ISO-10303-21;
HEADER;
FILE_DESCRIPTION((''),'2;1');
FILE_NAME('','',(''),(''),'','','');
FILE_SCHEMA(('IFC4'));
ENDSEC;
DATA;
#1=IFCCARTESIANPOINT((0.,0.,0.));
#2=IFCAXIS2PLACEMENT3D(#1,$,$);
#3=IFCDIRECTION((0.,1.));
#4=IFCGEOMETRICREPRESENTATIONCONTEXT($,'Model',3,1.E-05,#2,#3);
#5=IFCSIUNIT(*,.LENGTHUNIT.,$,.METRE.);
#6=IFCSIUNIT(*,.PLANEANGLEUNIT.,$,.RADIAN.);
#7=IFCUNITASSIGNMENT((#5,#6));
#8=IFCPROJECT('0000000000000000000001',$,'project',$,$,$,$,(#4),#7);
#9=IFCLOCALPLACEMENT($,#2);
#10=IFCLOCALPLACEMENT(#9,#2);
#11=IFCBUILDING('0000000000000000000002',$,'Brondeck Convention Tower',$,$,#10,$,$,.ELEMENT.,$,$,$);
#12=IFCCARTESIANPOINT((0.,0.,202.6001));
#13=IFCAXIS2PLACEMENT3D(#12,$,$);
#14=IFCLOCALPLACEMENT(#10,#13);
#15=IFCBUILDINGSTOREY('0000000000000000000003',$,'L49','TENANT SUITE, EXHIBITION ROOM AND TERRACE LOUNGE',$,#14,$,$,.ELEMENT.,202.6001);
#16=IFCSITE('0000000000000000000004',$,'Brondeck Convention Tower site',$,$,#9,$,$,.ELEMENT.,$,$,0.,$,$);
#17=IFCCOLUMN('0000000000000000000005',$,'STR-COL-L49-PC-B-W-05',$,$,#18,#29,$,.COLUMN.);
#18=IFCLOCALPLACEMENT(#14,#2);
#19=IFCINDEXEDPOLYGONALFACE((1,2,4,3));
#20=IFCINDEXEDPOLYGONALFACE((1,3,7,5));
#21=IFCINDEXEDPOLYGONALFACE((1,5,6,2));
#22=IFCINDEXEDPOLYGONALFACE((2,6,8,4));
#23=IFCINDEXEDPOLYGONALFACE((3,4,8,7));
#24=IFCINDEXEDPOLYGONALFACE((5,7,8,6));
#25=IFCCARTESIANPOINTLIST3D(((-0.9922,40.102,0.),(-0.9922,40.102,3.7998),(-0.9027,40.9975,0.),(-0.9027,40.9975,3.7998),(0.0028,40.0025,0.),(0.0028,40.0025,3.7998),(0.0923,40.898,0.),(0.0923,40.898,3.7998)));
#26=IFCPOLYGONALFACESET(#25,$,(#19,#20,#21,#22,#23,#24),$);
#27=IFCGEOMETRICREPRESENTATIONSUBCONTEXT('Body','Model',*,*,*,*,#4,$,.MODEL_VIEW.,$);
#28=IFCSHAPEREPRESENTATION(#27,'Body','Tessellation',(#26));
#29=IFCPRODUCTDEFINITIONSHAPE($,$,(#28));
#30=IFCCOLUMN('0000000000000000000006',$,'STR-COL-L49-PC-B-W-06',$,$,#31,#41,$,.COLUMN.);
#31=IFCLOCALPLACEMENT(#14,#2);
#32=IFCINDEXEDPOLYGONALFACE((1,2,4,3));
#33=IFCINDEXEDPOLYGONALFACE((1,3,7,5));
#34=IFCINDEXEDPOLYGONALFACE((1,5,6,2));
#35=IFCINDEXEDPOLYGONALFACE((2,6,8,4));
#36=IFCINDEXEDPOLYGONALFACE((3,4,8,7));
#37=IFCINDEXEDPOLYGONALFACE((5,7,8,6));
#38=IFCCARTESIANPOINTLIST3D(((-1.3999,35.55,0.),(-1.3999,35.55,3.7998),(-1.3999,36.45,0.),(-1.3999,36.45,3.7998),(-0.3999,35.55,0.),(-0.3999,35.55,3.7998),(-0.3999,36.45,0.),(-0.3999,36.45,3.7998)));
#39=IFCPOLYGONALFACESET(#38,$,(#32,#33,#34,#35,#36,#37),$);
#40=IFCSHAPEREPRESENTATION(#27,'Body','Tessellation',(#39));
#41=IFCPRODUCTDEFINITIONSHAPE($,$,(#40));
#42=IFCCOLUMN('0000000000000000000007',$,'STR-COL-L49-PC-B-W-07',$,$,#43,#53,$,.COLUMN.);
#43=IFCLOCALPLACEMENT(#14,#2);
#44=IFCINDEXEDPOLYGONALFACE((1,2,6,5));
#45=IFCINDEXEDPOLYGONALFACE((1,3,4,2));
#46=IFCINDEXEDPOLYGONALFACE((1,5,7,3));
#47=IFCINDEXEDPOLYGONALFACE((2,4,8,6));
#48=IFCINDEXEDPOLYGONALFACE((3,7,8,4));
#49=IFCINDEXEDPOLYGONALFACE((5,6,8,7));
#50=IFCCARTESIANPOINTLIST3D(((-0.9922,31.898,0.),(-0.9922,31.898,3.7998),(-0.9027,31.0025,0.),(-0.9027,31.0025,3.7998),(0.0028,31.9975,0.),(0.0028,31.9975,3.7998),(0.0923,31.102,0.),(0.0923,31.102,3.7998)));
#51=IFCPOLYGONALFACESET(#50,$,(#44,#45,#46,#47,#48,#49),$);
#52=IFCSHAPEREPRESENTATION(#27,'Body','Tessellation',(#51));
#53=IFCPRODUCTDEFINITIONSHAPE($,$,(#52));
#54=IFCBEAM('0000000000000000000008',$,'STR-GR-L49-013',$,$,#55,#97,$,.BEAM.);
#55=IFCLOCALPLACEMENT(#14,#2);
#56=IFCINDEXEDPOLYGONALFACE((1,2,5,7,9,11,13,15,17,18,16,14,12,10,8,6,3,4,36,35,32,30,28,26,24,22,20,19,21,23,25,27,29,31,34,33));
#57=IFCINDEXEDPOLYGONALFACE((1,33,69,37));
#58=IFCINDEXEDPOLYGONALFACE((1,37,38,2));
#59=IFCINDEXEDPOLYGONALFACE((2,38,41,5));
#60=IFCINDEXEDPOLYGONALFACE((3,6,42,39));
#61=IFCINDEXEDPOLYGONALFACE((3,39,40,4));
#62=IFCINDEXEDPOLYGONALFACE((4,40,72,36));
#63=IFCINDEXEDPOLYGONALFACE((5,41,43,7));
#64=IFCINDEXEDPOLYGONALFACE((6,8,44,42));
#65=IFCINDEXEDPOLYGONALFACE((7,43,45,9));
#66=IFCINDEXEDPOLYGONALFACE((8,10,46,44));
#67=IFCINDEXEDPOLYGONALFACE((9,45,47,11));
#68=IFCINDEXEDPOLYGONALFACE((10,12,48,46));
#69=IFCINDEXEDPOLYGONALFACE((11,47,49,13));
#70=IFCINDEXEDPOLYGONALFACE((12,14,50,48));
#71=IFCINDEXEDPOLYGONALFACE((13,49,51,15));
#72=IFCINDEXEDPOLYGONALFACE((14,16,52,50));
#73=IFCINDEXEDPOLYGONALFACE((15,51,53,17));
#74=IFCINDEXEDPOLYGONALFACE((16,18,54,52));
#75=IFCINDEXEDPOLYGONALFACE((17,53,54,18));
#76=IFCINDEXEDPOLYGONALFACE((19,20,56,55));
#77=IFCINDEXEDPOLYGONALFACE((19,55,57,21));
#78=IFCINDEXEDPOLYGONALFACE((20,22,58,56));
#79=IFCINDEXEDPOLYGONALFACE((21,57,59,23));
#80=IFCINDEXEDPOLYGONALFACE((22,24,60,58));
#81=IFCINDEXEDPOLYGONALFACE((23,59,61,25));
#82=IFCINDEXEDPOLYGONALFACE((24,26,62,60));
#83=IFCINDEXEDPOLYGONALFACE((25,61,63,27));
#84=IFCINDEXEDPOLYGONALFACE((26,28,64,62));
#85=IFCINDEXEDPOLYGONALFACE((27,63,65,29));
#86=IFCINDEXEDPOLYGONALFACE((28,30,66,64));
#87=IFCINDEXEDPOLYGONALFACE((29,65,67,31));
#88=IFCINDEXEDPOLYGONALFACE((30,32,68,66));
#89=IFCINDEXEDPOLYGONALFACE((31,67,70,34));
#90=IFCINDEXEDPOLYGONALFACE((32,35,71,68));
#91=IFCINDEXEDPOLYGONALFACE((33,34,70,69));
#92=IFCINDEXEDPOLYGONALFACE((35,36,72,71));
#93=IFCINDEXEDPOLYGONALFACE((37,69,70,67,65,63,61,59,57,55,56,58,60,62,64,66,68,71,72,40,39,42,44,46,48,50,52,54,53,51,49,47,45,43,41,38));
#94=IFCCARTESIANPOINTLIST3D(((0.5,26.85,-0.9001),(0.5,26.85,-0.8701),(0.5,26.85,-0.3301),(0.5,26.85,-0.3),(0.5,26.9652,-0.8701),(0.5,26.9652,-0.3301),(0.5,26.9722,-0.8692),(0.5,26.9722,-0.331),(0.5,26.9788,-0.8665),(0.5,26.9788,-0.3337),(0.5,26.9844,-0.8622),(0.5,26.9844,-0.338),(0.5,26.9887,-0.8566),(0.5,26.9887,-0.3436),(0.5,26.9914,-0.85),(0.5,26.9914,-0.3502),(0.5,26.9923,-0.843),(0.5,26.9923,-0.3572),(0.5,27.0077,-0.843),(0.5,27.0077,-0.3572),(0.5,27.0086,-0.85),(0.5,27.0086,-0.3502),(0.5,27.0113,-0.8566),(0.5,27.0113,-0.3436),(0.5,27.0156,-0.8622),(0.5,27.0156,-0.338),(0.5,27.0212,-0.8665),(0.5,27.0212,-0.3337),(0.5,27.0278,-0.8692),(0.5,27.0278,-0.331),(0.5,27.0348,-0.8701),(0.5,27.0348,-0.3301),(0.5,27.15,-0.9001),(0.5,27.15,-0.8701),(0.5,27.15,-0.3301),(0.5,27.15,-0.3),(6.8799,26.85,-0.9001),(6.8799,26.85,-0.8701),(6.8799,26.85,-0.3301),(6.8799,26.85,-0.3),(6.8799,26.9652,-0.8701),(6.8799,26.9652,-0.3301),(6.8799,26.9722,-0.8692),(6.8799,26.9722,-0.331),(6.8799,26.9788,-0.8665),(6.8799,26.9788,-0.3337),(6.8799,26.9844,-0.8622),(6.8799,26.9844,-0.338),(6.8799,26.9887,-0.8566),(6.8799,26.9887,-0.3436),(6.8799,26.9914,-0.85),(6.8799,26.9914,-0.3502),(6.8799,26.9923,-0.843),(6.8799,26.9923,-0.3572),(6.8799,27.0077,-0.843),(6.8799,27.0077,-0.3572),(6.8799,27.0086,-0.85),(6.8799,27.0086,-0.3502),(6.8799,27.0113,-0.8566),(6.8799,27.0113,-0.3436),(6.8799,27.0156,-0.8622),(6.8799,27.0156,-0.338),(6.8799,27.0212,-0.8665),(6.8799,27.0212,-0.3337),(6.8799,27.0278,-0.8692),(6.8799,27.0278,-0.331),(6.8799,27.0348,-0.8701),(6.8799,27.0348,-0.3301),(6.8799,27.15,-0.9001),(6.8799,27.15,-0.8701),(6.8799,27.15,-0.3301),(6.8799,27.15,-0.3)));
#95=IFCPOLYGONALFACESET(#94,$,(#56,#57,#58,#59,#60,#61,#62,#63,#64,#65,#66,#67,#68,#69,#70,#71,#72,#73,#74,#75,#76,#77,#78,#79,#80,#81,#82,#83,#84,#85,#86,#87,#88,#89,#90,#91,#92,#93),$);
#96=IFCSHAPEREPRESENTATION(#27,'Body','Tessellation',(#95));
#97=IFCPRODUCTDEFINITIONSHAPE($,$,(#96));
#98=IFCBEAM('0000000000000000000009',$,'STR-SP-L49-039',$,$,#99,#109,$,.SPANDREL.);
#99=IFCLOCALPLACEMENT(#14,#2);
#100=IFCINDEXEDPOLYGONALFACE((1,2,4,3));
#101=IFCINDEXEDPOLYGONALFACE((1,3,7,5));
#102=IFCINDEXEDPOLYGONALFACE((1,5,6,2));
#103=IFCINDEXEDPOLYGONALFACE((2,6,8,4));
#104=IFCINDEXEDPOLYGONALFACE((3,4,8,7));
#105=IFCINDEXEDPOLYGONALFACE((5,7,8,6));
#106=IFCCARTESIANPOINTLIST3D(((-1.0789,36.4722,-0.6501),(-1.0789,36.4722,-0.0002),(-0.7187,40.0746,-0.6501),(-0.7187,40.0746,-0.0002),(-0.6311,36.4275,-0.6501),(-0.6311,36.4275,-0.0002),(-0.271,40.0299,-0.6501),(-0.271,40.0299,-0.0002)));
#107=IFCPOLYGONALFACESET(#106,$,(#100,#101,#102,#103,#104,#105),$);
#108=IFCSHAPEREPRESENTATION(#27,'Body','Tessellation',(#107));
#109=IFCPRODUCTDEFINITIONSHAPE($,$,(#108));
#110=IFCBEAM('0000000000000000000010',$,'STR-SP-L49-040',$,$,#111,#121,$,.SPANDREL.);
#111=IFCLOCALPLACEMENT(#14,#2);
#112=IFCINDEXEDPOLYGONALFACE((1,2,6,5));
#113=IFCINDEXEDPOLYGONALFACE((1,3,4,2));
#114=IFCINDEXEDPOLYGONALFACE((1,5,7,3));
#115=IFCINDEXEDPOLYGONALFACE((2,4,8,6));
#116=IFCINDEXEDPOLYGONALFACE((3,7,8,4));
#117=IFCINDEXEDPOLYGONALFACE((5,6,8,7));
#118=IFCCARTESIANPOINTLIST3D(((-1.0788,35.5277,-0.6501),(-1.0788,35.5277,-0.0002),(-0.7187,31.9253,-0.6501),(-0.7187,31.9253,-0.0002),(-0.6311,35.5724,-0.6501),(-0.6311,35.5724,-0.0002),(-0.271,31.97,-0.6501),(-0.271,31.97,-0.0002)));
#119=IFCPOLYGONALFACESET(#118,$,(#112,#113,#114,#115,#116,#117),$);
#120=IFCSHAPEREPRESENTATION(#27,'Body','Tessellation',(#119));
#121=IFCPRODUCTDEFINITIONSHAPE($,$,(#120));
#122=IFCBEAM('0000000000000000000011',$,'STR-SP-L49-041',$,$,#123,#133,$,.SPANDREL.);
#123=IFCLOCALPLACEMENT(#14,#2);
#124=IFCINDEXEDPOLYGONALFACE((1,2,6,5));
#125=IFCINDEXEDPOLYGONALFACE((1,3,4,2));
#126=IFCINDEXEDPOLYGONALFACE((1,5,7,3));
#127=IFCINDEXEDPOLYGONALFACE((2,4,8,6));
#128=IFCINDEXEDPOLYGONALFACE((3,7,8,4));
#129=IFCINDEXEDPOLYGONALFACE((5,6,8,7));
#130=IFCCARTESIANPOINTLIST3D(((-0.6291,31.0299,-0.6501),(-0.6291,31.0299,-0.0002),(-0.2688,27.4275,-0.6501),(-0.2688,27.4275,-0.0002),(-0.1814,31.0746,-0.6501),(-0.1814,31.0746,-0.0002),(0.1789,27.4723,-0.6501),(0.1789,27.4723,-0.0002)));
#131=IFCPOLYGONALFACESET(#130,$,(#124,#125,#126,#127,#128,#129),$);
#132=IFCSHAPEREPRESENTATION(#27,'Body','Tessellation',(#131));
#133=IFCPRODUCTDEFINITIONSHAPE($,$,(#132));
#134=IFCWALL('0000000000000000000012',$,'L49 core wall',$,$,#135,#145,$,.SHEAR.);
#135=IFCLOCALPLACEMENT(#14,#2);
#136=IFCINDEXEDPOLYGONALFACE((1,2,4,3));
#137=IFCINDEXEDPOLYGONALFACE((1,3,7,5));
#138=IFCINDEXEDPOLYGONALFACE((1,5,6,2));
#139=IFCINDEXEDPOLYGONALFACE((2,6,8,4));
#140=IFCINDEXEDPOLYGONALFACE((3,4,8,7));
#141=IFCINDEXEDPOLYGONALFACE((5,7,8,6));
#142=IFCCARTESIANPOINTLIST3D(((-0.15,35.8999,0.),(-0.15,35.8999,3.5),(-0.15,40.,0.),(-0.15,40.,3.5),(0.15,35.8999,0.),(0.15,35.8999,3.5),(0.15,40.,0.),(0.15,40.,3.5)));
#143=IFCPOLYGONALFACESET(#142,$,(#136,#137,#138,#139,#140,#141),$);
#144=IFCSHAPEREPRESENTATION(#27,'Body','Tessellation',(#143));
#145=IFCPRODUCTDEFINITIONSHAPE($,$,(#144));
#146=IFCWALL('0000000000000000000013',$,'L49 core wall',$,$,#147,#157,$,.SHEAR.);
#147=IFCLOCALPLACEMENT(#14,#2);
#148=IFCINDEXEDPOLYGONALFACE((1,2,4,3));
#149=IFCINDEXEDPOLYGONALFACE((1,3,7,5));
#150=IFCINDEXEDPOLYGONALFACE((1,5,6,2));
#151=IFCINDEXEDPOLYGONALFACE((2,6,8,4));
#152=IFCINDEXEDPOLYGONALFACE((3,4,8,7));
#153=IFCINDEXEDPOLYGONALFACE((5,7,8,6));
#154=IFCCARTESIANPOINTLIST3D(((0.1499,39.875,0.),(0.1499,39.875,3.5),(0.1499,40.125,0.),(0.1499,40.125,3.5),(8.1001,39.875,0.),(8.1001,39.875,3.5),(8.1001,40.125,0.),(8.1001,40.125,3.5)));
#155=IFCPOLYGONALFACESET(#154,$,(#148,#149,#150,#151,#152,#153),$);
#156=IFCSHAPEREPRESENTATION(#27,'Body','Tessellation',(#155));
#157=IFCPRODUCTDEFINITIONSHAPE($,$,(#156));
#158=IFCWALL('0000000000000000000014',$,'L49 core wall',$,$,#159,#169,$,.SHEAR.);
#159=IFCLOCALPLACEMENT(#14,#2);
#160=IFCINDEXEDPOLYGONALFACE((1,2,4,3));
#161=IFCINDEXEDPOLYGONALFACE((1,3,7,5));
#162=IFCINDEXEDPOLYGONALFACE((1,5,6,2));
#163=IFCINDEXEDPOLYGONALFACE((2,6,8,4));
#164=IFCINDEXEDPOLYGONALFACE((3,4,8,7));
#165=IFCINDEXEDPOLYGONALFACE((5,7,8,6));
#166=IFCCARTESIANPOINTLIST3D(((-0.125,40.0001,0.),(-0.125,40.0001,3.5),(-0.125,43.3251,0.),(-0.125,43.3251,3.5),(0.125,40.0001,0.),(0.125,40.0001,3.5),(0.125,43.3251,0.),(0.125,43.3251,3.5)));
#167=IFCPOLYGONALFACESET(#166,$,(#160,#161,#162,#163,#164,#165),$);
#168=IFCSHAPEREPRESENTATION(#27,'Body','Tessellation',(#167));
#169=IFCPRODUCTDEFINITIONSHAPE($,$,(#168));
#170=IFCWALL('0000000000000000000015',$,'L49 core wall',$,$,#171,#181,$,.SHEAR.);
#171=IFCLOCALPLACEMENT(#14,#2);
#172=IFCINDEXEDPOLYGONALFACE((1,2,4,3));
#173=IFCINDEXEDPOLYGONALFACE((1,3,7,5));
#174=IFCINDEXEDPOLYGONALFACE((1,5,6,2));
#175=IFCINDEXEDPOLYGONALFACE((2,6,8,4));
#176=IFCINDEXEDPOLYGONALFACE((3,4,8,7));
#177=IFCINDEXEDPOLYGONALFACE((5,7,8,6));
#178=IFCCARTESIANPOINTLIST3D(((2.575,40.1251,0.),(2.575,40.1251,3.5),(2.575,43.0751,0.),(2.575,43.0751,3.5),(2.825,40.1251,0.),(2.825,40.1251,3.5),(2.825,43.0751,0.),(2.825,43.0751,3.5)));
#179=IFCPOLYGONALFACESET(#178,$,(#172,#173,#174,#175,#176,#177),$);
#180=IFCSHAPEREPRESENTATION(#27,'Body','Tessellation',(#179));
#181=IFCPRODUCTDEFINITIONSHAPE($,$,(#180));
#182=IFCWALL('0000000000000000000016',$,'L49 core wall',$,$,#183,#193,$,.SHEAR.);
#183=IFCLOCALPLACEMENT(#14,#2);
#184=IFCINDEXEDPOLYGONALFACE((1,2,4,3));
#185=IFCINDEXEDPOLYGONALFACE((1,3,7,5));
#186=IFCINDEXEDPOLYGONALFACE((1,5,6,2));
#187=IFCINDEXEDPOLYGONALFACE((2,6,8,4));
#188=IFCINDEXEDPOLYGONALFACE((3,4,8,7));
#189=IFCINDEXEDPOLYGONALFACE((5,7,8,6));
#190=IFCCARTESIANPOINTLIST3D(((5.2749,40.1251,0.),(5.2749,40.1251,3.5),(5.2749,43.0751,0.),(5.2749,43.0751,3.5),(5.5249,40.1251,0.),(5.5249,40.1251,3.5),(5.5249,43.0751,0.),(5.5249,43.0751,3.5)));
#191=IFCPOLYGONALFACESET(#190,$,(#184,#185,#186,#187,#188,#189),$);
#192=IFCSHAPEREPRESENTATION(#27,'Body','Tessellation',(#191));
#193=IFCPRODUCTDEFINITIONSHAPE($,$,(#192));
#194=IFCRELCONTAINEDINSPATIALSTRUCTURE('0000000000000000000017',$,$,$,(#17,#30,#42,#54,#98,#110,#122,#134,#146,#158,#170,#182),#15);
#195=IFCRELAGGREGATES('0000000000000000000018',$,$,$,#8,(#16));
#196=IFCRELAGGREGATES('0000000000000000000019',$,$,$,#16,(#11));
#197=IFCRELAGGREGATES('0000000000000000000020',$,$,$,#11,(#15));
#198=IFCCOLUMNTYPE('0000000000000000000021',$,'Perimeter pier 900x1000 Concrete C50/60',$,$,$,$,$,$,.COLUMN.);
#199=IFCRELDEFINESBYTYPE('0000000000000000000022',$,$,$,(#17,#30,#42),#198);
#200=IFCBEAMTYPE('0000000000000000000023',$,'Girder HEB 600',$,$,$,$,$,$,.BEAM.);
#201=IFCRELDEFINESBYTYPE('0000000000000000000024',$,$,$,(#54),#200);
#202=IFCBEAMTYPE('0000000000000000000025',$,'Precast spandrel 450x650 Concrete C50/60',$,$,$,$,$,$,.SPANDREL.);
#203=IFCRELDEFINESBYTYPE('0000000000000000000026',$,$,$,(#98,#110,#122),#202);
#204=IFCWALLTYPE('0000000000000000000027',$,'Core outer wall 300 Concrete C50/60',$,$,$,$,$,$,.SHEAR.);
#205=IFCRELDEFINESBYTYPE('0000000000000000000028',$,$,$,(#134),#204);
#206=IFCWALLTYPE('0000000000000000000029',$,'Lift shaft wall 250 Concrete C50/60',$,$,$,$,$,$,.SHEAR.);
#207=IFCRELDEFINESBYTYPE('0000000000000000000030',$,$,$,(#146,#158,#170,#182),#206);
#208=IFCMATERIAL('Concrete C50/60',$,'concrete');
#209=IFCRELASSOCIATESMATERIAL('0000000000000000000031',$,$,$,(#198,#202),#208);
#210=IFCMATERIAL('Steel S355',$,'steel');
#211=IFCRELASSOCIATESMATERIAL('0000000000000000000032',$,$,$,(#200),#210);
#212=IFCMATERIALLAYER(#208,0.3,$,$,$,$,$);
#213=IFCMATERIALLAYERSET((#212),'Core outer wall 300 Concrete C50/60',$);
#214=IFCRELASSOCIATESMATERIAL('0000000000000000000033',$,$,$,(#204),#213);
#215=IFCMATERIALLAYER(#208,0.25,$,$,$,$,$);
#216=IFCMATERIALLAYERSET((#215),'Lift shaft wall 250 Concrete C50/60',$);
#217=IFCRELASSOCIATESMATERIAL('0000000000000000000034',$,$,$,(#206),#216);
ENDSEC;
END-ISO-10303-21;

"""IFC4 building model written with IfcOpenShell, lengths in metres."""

from ifc_helpers import new_model, si_unit, direction, frame, frame_2d, origin, origin_2d, place, context, subcontext, project, spatial, rectangle, i_section, extrude, material, layer, layer_set, material_profile, profile_set, type_object, element, save


model = new_model("IFC4")

# Units and contexts
model_context = context("Model", 3, precision=1e-05, world=origin(), true_north=direction((0.0, 1.0)))
body_context = subcontext(model_context, "Body", "Model", "MODEL_VIEW")
ifc_project = project(units=[si_unit("LENGTHUNIT", "METRE"), si_unit("PLANEANGLEUNIT", "RADIAN")], contexts=[model_context])

# Site, building, storey
site_placement = place(None, origin())
site = spatial("IfcSite", under=ifc_project, at=site_placement, Name="Brondeck Convention Tower site", CompositionType="ELEMENT", RefElevation=0.0)
building_placement = place(site_placement, origin())
building = spatial("IfcBuilding", under=site, at=building_placement, Name="Brondeck Convention Tower", CompositionType="ELEMENT")
storey_placement = place(building_placement, frame((0.0, 0.0, 202.6001)))
storey = spatial("IfcBuildingStorey", under=building, at=storey_placement, Name="L49", Description="TENANT SUITE, EXHIBITION ROOM AND TERRACE LOUNGE", CompositionType="ELEMENT", Elevation=202.6001)

# Columns
ifc_material_1 = material(Name="Concrete C50/60", Category="concrete")
ifc_material_profile_1 = material_profile(ifc_material_1, rectangle(XDim=0.8999, YDim=1.0, at=origin_2d()), Name="Perimeter pier 900x1000 Concrete C50/60")
ifc_profile_set_1 = profile_set([ifc_material_profile_1], Name="Concrete C50/60")
column_type = type_object("IfcColumnType", Name="Perimeter pier 900x1000 Concrete C50/60", PredefinedType="COLUMN", material=ifc_profile_set_1)
for number, where, z_axis, x_axis, name in (
    (1, (-0.45, 40.5, 0.0), (0.0, 0.0, 1.0), (-0.099504, -0.995037, 0.0), "STR-COL-L49-PC-B-W-05"),
    (2, (-0.8999, 36.0, 0.0), (0.0, 0.0, 1.0), (0.0, -1.0, 0.0), "STR-COL-L49-PC-B-W-06"),
    (3, (-0.45, 31.5, 0.0), (0.0, 0.0, 1.0), (0.099504, -0.995037, 0.0), "STR-COL-L49-PC-B-W-07"),
):
    element("IfcColumn", number, at=place(storey_placement, frame(where, z_axis=z_axis, x_axis=x_axis)), inside=storey, type_object=column_type, Name=name, PredefinedType="COLUMN", context=body_context, shape_type="SweptSolid", body=[
        extrude(rectangle(XDim=0.8999, YDim=1.0, at=origin_2d()), origin(), (0.0, 0.0, 1.0), 3.7998),
    ])

# Beams
ifc_material_2 = material(Name="Steel S355", Category="steel")
ifc_material_profile_2 = material_profile(ifc_material_2, i_section(OverallWidth=0.3, OverallDepth=0.6001, WebThickness=0.0154, FlangeThickness=0.03, FilletRadius=0.0271, at=origin_2d()), Name="HEB 600")
ifc_profile_set_2 = profile_set([ifc_material_profile_2], Name="Steel S355")
beam_type_1 = type_object("IfcBeamType", Name="Girder HEB 600", PredefinedType="BEAM", material=ifc_profile_set_2)
beam_placement = place(storey_placement, frame((0.5, 27.0, -0.6001), z_axis=(1.0, 0.0, 0.0), x_axis=(0.0, 1.0, 0.0)))
element("IfcBeam", 4, at=beam_placement, inside=storey, type_object=beam_type_1, Name="STR-GR-L49-013", PredefinedType="BEAM", context=body_context, shape_type="SweptSolid", body=[
    extrude(i_section(OverallWidth=0.3, OverallDepth=0.6001, WebThickness=0.0154, FlangeThickness=0.03, FilletRadius=0.0271, at=origin_2d()), origin(), (0.0, 0.0, 1.0), 6.3799),
])
ifc_material_profile_3 = material_profile(ifc_material_1, rectangle(XDim=0.45, YDim=0.6499, at=origin_2d()), Name="Precast spandrel 450x650 Concrete C50/60")
ifc_profile_set_3 = profile_set([ifc_material_profile_3], Name="Concrete C50/60")
beam_type_2 = type_object("IfcBeamType", Name="Precast spandrel 450x650 Concrete C50/60", PredefinedType="SPANDREL", material=ifc_profile_set_3)
for number, where, z_axis, x_axis, name in (
    (5, (-0.4949, 40.0522, -0.3252), (-0.09947, -0.995041, 0.0), (0.995041, -0.09947, 0.0), "STR-SP-L49-039"),
    (6, (-0.855, 35.55, -0.3252), (0.09947, -0.995041, 0.0), (0.995041, 0.09947, 0.0), "STR-SP-L49-040"),
    (7, (-0.4053, 31.0522, -0.3252), (0.099537, -0.995034, 0.0), (0.995034, 0.099537, 0.0), "STR-SP-L49-041"),
):
    element("IfcBeam", number, at=place(storey_placement, frame(where, z_axis=z_axis, x_axis=x_axis)), inside=storey, type_object=beam_type_2, Name=name, PredefinedType="SPANDREL", context=body_context, shape_type="SweptSolid", body=[
        extrude(rectangle(XDim=0.45, YDim=0.6499, at=origin_2d()), origin(), (0.0, 0.0, 1.0), 3.6204),
    ])

# Walls
ifc_layer_1 = layer(ifc_material_1, 0.3)
ifc_layer_set_1 = layer_set([ifc_layer_1], Name="Core outer wall 300 Concrete C50/60")
wall_type_1 = type_object("IfcWallType", Name="Core outer wall 300 Concrete C50/60", PredefinedType="SHEAR", material=ifc_layer_set_1)
wall_1_placement = place(storey_placement, frame((0.0, 35.8999, 0.0), z_axis=(0.0, 0.0, 1.0), x_axis=(0.0, 1.0, 0.0)))
element("IfcWall", 8, at=wall_1_placement, inside=storey, type_object=wall_type_1, Name="L49 core wall", PredefinedType="SHEAR", context=body_context, shape_type="SweptSolid", body=[
    extrude(rectangle(XDim=4.1001, YDim=0.3, at=frame_2d((2.05, 0.0))), origin(), (0.0, 0.0, 1.0), 3.5),
])
ifc_layer_2 = layer(ifc_material_1, 0.25)
ifc_layer_set_2 = layer_set([ifc_layer_2], Name="Lift shaft wall 250 Concrete C50/60")
wall_type_2 = type_object("IfcWallType", Name="Lift shaft wall 250 Concrete C50/60", PredefinedType="SHEAR", material=ifc_layer_set_2)
wall_2_placement = place(storey_placement, frame((0.1499, 40.0, 0.0), z_axis=(0.0, 0.0, 1.0), x_axis=(1.0, 0.0, 0.0)))
element("IfcWall", 9, at=wall_2_placement, inside=storey, type_object=wall_type_2, Name="L49 core wall", PredefinedType="SHEAR", context=body_context, shape_type="SweptSolid", body=[
    extrude(rectangle(XDim=7.9502, YDim=0.25, at=frame_2d((3.9751, 0.0))), origin(), (0.0, 0.0, 1.0), 3.5),
])
wall_3_placement = place(storey_placement, frame((0.0, 40.0, 0.0), z_axis=(0.0, 0.0, 1.0), x_axis=(0.0, 1.0, 0.0)))
element("IfcWall", 10, at=wall_3_placement, inside=storey, type_object=wall_type_2, Name="L49 core wall", PredefinedType="SHEAR", context=body_context, shape_type="SweptSolid", body=[
    extrude(rectangle(XDim=3.325, YDim=0.25, at=frame_2d((1.6626, 0.0))), origin(), (0.0, 0.0, 1.0), 3.5),
])
for number, where, z_axis, x_axis, name in (
    (11, (2.7, 40.125, 0.0), (0.0, 0.0, 1.0), (0.0, 1.0, 0.0), "L49 core wall"),
    (12, (5.3999, 40.125, 0.0), (0.0, 0.0, 1.0), (0.0, 1.0, 0.0), "L49 core wall"),
):
    element("IfcWall", number, at=place(storey_placement, frame(where, z_axis=z_axis, x_axis=x_axis)), inside=storey, type_object=wall_type_2, Name=name, PredefinedType="SHEAR", context=body_context, shape_type="SweptSolid", body=[
        extrude(rectangle(XDim=2.95, YDim=0.25, at=frame_2d((1.4751, 0.0))), origin(), (0.0, 0.0, 1.0), 3.5),
    ])

save(model, "model.ifc")
